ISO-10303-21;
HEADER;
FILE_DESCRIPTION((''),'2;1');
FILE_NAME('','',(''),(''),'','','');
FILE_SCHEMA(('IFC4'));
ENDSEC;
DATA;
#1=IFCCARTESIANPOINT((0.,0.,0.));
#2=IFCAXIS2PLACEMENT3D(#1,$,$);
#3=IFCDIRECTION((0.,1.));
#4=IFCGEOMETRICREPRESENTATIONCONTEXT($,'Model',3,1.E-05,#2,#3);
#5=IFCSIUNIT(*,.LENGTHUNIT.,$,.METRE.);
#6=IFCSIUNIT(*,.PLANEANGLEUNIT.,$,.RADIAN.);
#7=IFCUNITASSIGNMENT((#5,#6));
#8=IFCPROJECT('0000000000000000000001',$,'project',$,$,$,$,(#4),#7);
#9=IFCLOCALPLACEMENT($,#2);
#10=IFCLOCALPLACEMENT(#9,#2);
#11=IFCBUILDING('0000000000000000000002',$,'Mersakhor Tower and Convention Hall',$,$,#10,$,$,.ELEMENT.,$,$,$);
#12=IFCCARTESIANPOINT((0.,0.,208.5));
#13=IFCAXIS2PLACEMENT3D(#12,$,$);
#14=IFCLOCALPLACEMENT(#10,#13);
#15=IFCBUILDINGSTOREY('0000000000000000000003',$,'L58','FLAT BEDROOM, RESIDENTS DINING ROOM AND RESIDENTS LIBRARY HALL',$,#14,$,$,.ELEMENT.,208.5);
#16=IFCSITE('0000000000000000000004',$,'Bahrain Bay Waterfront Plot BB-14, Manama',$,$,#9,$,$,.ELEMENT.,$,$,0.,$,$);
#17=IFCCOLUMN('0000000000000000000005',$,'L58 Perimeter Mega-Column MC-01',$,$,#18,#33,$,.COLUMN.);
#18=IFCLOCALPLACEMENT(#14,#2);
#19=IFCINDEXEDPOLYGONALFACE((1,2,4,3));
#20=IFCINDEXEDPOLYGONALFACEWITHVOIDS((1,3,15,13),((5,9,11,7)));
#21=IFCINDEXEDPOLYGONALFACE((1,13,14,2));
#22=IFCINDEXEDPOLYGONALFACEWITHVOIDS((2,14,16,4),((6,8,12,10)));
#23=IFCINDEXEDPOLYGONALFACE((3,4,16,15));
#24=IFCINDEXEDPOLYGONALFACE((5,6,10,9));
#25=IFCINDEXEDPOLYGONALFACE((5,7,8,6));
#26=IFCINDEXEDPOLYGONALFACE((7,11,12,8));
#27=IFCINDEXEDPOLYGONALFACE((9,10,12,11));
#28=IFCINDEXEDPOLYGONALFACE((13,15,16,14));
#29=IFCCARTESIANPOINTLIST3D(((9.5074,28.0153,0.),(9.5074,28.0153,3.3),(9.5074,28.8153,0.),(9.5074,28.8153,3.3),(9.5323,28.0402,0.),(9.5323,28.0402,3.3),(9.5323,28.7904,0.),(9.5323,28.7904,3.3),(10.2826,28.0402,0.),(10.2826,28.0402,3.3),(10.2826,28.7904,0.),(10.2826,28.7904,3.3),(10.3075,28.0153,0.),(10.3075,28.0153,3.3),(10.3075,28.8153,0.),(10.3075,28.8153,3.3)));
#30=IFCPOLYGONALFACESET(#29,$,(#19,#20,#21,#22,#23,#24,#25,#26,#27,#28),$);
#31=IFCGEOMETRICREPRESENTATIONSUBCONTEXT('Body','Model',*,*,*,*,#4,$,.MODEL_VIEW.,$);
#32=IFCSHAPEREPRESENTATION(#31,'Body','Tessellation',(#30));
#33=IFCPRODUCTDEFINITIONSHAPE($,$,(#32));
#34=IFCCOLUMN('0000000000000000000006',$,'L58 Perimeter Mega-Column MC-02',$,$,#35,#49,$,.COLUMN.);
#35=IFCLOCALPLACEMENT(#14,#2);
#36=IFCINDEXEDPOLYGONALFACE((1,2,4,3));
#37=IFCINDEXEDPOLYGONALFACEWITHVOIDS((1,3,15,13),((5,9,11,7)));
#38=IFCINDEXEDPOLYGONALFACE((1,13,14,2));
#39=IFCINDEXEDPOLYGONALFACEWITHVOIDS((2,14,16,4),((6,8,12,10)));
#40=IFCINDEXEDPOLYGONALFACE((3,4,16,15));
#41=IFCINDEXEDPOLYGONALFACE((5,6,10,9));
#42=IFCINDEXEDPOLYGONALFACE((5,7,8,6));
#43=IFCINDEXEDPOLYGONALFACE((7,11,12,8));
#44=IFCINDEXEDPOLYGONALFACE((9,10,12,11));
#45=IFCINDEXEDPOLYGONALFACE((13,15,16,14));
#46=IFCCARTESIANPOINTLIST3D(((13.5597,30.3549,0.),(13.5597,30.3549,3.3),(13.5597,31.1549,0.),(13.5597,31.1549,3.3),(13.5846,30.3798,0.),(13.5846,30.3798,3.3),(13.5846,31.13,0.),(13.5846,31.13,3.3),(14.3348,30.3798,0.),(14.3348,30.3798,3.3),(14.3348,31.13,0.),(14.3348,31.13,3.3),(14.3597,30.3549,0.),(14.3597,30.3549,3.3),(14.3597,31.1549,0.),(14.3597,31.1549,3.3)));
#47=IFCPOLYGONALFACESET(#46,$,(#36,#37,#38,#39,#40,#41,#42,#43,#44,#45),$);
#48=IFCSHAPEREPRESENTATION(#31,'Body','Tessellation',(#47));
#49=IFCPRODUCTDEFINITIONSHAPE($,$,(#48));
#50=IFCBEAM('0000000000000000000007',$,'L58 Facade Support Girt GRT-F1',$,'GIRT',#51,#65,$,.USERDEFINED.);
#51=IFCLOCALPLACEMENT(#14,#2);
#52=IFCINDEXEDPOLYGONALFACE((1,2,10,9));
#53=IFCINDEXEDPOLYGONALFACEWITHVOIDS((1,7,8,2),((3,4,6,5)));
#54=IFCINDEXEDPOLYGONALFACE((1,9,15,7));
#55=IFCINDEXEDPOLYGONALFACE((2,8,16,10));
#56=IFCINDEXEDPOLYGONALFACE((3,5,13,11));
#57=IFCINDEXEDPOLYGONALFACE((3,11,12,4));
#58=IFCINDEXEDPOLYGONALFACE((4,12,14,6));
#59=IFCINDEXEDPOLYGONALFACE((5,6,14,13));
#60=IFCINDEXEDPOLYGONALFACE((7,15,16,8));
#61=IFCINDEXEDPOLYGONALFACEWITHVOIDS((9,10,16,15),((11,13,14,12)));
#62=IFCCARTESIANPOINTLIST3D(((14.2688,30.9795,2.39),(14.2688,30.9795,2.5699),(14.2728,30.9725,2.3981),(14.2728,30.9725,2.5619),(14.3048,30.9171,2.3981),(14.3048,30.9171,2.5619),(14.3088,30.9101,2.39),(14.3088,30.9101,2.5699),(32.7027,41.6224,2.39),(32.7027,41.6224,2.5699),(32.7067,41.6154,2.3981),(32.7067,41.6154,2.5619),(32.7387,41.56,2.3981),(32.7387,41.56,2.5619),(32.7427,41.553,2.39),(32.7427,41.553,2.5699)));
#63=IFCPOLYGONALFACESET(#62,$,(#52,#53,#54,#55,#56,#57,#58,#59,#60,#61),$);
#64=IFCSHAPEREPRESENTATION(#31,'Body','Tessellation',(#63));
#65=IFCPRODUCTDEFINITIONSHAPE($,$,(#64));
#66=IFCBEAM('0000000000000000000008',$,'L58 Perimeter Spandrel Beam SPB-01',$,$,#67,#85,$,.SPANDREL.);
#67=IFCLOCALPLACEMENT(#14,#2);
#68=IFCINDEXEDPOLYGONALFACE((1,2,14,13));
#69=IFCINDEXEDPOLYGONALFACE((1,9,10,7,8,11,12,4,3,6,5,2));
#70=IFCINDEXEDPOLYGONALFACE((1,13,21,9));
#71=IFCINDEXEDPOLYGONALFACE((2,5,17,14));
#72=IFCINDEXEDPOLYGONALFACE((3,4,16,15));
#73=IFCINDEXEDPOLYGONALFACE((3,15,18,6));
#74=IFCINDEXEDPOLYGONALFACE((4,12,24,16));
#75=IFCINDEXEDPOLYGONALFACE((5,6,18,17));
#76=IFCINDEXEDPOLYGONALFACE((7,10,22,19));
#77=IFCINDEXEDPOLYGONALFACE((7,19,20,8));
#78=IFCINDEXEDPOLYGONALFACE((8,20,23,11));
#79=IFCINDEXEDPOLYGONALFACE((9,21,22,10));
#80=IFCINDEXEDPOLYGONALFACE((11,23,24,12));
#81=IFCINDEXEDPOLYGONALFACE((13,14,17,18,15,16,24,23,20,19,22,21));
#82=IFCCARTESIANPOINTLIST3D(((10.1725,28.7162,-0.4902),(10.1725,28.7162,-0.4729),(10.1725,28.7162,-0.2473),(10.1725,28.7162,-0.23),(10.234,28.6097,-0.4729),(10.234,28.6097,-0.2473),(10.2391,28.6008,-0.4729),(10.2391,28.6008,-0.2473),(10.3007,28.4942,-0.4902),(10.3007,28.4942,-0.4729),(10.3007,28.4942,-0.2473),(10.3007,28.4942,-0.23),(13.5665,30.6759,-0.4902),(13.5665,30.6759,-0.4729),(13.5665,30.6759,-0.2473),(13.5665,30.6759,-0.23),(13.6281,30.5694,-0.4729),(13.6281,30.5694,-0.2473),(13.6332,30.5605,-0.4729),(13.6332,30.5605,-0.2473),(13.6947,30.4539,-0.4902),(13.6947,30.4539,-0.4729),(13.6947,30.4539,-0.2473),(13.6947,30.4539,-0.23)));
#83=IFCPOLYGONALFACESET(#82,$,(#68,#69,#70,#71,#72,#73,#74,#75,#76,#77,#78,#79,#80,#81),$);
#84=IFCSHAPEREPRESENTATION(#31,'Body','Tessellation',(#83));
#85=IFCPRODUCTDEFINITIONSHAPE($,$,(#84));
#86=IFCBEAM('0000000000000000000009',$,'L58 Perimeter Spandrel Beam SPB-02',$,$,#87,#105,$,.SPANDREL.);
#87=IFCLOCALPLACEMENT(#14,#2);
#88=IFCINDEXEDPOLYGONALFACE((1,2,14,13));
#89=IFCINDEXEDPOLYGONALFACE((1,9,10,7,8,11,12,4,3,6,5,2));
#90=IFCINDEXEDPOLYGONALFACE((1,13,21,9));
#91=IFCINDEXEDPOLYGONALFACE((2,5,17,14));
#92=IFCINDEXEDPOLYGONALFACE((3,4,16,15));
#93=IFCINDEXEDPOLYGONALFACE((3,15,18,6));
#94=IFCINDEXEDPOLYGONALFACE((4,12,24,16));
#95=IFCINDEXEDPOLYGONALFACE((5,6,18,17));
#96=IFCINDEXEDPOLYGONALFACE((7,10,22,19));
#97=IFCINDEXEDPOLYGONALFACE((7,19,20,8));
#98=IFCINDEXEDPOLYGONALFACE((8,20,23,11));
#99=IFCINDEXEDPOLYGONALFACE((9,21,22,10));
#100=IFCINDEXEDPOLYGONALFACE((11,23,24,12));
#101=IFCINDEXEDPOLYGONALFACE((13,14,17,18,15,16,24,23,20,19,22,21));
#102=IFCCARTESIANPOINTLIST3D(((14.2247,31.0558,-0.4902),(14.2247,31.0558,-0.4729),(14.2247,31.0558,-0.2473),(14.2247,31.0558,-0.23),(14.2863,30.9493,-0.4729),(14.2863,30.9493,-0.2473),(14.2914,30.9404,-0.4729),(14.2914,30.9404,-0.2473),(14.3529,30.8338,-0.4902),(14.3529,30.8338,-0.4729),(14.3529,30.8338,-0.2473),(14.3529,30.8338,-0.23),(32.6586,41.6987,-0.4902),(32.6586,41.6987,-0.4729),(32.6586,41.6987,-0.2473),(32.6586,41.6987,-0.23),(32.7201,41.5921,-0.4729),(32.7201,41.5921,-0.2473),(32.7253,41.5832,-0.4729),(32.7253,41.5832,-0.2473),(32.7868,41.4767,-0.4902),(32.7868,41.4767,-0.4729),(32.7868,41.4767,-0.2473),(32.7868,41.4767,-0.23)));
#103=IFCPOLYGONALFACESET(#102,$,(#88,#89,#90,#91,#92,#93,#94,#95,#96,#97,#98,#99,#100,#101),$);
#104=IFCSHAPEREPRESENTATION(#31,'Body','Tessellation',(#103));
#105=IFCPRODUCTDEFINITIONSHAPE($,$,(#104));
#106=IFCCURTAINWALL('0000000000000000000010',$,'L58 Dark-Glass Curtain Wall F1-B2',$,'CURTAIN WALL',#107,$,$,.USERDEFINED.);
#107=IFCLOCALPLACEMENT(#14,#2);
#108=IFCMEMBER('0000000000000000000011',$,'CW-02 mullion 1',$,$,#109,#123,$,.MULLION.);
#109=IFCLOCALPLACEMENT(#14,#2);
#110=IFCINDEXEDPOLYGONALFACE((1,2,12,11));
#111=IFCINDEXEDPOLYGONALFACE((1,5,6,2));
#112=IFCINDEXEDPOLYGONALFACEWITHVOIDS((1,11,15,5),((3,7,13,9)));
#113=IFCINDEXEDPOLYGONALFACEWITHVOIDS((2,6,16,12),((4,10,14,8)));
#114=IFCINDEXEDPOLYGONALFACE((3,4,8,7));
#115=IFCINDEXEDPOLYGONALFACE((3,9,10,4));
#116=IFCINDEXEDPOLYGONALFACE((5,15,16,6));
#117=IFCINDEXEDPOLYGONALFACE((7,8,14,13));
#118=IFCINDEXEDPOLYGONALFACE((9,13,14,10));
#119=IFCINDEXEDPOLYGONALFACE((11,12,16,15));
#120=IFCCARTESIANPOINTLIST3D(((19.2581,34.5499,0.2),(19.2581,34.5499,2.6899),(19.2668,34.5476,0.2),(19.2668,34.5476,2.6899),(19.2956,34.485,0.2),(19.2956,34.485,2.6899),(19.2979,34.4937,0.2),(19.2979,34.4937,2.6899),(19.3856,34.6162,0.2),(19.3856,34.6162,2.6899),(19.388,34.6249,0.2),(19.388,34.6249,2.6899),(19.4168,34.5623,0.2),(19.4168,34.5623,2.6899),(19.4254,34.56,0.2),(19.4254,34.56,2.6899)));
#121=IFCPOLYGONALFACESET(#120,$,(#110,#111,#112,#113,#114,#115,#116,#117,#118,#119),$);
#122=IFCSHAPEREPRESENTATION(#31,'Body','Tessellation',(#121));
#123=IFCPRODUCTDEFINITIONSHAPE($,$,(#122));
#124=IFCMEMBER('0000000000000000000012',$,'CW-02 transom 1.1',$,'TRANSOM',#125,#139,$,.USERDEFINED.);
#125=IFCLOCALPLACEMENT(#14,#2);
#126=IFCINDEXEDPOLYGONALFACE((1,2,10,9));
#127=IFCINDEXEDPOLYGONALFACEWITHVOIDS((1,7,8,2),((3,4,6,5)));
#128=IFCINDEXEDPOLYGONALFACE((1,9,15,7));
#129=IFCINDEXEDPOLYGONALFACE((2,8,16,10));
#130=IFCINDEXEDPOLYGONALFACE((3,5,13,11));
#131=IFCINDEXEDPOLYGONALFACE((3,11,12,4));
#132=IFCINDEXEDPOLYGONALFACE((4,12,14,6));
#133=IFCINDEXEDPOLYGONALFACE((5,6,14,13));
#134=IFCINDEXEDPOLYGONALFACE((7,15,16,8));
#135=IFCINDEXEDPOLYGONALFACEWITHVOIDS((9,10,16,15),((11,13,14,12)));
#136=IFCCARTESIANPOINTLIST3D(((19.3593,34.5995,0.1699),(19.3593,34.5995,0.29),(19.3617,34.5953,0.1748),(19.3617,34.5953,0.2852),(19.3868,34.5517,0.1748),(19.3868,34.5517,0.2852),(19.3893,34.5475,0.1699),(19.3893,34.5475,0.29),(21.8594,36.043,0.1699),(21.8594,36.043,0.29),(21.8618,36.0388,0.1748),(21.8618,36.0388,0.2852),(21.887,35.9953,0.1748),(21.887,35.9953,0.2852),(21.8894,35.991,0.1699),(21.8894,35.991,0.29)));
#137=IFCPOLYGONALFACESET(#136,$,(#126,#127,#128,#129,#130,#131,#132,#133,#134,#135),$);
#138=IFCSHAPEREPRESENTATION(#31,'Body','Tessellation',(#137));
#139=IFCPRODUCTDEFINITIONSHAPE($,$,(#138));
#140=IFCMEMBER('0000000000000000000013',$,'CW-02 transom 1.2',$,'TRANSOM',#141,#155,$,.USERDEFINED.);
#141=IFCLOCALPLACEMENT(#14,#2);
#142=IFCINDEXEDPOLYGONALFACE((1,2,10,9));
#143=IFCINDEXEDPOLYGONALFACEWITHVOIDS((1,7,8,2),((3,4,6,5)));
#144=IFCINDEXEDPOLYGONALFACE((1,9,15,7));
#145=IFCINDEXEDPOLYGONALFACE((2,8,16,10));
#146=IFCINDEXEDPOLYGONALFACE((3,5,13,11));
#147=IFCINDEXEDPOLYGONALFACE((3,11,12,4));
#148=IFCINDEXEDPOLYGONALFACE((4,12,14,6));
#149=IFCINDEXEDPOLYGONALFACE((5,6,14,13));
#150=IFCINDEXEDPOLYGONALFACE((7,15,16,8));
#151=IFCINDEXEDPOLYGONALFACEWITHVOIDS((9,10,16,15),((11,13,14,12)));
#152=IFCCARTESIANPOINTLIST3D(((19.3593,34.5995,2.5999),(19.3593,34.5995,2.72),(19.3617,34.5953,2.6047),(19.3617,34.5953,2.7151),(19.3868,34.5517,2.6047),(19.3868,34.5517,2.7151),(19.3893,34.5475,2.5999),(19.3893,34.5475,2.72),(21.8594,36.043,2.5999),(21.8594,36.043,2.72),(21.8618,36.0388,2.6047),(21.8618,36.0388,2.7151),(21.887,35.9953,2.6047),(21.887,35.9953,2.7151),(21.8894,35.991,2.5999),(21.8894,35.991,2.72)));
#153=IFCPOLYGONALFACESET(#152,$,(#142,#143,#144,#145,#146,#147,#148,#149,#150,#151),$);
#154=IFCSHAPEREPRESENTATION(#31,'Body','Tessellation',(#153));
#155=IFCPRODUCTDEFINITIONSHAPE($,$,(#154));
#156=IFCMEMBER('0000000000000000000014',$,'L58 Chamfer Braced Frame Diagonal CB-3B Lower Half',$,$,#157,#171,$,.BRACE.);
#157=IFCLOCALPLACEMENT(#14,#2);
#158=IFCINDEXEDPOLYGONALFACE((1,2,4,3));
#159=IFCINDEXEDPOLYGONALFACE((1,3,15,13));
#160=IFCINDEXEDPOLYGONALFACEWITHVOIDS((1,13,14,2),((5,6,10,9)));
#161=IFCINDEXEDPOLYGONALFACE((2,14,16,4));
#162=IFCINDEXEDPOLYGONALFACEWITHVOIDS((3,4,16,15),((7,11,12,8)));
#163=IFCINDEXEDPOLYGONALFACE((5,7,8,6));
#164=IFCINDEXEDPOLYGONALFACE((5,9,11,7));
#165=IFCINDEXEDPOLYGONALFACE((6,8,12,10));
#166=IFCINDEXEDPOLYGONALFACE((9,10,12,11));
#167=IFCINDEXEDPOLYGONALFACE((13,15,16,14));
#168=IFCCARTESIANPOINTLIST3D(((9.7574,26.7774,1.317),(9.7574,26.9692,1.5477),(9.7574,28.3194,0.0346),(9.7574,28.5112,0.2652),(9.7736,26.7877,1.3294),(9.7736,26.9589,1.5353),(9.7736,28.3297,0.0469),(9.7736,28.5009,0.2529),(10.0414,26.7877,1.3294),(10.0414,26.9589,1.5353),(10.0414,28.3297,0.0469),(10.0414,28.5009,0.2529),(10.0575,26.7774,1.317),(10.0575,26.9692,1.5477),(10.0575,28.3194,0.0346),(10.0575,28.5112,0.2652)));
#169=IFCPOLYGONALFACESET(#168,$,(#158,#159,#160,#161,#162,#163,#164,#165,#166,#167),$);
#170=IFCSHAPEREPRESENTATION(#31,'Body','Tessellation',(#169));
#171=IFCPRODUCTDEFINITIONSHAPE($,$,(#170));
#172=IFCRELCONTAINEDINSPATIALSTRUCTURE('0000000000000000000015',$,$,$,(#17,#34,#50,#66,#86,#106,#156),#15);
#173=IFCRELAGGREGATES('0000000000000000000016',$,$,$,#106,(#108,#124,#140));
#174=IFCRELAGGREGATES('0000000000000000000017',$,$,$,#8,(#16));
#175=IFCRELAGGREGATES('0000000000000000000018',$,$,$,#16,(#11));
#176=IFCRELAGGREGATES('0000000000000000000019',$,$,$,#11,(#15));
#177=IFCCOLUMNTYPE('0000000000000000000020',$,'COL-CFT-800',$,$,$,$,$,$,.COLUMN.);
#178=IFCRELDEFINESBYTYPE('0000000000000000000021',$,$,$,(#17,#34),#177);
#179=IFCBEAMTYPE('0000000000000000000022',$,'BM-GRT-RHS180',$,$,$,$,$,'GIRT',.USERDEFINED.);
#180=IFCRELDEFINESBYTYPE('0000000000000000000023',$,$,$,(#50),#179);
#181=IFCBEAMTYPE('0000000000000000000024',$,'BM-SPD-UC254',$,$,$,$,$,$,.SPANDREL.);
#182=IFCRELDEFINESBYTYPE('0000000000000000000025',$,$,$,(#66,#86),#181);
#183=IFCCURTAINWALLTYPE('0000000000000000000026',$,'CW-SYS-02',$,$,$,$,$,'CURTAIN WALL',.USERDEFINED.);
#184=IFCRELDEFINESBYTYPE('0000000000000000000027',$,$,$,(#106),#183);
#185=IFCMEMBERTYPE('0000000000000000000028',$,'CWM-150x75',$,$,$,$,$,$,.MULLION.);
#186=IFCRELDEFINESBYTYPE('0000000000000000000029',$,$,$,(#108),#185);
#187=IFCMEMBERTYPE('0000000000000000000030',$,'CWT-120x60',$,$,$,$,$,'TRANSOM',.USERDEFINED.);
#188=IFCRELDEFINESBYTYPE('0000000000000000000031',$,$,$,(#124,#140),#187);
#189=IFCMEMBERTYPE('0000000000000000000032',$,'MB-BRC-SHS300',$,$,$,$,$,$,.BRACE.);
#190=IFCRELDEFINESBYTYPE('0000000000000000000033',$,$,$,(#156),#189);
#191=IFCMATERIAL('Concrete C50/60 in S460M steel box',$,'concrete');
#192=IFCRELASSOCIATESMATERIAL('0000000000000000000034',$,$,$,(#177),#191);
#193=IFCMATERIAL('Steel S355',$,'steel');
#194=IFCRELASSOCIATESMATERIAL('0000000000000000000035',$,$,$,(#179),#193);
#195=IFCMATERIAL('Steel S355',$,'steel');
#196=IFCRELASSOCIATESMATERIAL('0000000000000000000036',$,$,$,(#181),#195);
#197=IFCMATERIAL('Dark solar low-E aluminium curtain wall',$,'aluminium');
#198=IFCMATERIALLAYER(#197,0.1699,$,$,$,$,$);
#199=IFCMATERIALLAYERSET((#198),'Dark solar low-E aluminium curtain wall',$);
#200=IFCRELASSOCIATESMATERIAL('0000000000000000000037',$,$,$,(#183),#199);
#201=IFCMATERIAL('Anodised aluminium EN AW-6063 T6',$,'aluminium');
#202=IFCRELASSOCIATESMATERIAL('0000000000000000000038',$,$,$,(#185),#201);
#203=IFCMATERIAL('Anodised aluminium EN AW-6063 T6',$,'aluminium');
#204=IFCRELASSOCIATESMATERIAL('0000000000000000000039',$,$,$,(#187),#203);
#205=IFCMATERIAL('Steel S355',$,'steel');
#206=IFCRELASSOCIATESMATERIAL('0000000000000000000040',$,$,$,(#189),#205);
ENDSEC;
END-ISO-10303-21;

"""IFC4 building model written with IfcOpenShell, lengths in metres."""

from ifc_helpers import new_model, si_unit, direction, frame, origin, origin_2d, place, context, subcontext, project, spatial, hollow_rectangle, i_section, extrude, material, layer, layer_set, material_profile, profile_set, type_object, element, aggregate, save


model = new_model("IFC4")

# Units and contexts
model_context = context("Model", 3, precision=1e-05, world=origin(), true_north=direction((0.0, 1.0)))
body_context = subcontext(model_context, "Body", "Model", "MODEL_VIEW")
ifc_project = project(units=[si_unit("LENGTHUNIT", "METRE"), si_unit("PLANEANGLEUNIT", "RADIAN")], contexts=[model_context])

# Site, building, storey
site_placement = place(None, origin())
site = spatial("IfcSite", under=ifc_project, at=site_placement, Name="Bahrain Bay Waterfront Plot BB-14, Manama", CompositionType="ELEMENT", RefElevation=0.0)
building_placement = place(site_placement, origin())
building = spatial("IfcBuilding", under=site, at=building_placement, Name="Mersakhor Tower and Convention Hall", CompositionType="ELEMENT")
storey_placement = place(building_placement, frame((0.0, 0.0, 208.5)))
storey = spatial("IfcBuildingStorey", under=building, at=storey_placement, Name="L58", Description="FLAT BEDROOM, RESIDENTS DINING ROOM AND RESIDENTS LIBRARY HALL", CompositionType="ELEMENT", Elevation=208.5)

# Columns
ifc_material_1 = material(Name="Concrete C50/60 in S460M steel box", Category="concrete")
ifc_material_profile_1 = material_profile(ifc_material_1, hollow_rectangle(XDim=0.8, YDim=0.8, WallThickness=0.0249, at=origin_2d()), Name="SHS 800x800x25")
ifc_profile_set_1 = profile_set([ifc_material_profile_1], Name="Concrete C50/60 in S460M steel box")
column_type = type_object("IfcColumnType", Name="COL-CFT-800", PredefinedType="COLUMN", material=ifc_profile_set_1)
for number, where, z_axis, x_axis, name in (
    (1, (9.9075, 28.4153, 0.0), (0.0, 0.0, 1.0), (1.0, 0.0, 0.0), "L58 Perimeter Mega-Column MC-01"),
    (2, (13.9597, 30.7549, 0.0), (0.0, 0.0, 1.0), (1.0, 0.0, 0.0), "L58 Perimeter Mega-Column MC-02"),
):
    element("IfcColumn", number, at=place(storey_placement, frame(where, z_axis=z_axis, x_axis=x_axis)), inside=storey, type_object=column_type, Name=name, PredefinedType="COLUMN", context=body_context, shape_type="SweptSolid", body=[
        extrude(hollow_rectangle(XDim=0.8, YDim=0.8, WallThickness=0.0249, at=origin_2d()), origin(), (0.0, 0.0, 1.0), 3.3),
    ])

# Beams
ifc_material_2 = material(Name="Steel S355", Category="steel")
ifc_material_profile_2 = material_profile(ifc_material_2, hollow_rectangle(XDim=0.0801, YDim=0.1799, WallThickness=0.0081, at=origin_2d()), Name="RHS 180x80x8")
ifc_profile_set_2 = profile_set([ifc_material_profile_2], Name="Steel S355")
beam_type_1 = type_object("IfcBeamType", Name="BM-GRT-RHS180", ElementType="GIRT", PredefinedType="USERDEFINED", material=ifc_profile_set_2)
beam_1_placement = place(storey_placement, frame((14.2888, 30.9448, 2.48), z_axis=(0.866025, 0.500001, 0.0), x_axis=(-0.500001, 0.866025, 0.0)))
element("IfcBeam", 3, at=beam_1_placement, inside=storey, type_object=beam_type_1, Name="L58 Facade Support Girt GRT-F1", ObjectType="GIRT", PredefinedType="USERDEFINED", context=body_context, shape_type="SweptSolid", body=[
    extrude(hollow_rectangle(XDim=0.0801, YDim=0.1799, WallThickness=0.0081, at=origin_2d()), origin(), (0.0, 0.0, 1.0), 21.2856),
])
ifc_material_3 = material(Name="Steel S355", Category="steel")
ifc_material_profile_3 = material_profile(ifc_material_3, i_section(OverallWidth=0.2563, OverallDepth=0.2603, WebThickness=0.0103, FlangeThickness=0.0173, at=origin_2d()), Name="UC 254x254x89")
ifc_profile_set_3 = profile_set([ifc_material_profile_3], Name="Steel S355")
beam_type_2 = type_object("IfcBeamType", Name="BM-SPD-UC254", PredefinedType="SPANDREL", material=ifc_profile_set_3)
beam_2_placement = place(storey_placement, frame((10.2366, 28.6052, -0.3601), z_axis=(0.866007, 0.500032, 0.0), x_axis=(-0.500032, 0.866007, 0.0)))
element("IfcBeam", 4, at=beam_2_placement, inside=storey, type_object=beam_type_2, Name="L58 Perimeter Spandrel Beam SPB-01", PredefinedType="SPANDREL", context=body_context, shape_type="SweptSolid", body=[
    extrude(i_section(OverallWidth=0.2563, OverallDepth=0.2603, WebThickness=0.0103, FlangeThickness=0.0173, at=origin_2d()), origin(), (0.0, 0.0, 1.0), 3.9192),
])
beam_3_placement = place(storey_placement, frame((14.2888, 30.9448, -0.3601), z_axis=(0.866025, 0.500001, 0.0), x_axis=(-0.500001, 0.866025, 0.0)))
element("IfcBeam", 5, at=beam_3_placement, inside=storey, type_object=beam_type_2, Name="L58 Perimeter Spandrel Beam SPB-02", PredefinedType="SPANDREL", context=body_context, shape_type="SweptSolid", body=[
    extrude(i_section(OverallWidth=0.2563, OverallDepth=0.2603, WebThickness=0.0103, FlangeThickness=0.0173, at=origin_2d()), origin(), (0.0, 0.0, 1.0), 21.2856),
])

# Curtain wall, members
ifc_material_4 = material(Name="Dark solar low-E aluminium curtain wall", Category="aluminium")
ifc_layer_1 = layer(ifc_material_4, 0.1699)
ifc_layer_set_1 = layer_set([ifc_layer_1], Name="Dark solar low-E aluminium curtain wall")
curtain_wall_type = type_object("IfcCurtainWallType", Name="CW-SYS-02", ElementType="CURTAIN WALL", PredefinedType="USERDEFINED", material=ifc_layer_set_1)
curtain_wall_placement = place(storey_placement, origin())
curtain_wall = element("IfcCurtainWall", 6, at=curtain_wall_placement, inside=storey, type_object=curtain_wall_type, Name="L58 Dark-Glass Curtain Wall F1-B2", ObjectType="CURTAIN WALL", PredefinedType="USERDEFINED")
ifc_material_5 = material(Name="Anodised aluminium EN AW-6063 T6", Category="aluminium")
ifc_material_profile_4 = material_profile(ifc_material_5, hollow_rectangle(XDim=0.075, YDim=0.1499, WallThickness=0.0063, at=origin_2d()), Name="RHS 150x75x6.3")
ifc_profile_set_4 = profile_set([ifc_material_profile_4], Name="Anodised aluminium EN AW-6063 T6")
member_type_1 = type_object("IfcMemberType", Name="CWM-150x75", PredefinedType="MULLION", material=ifc_profile_set_4)
member_1_placement = place(storey_placement, frame((19.3418, 34.5549, 0.2), z_axis=(0.0, 0.0, 1.0), x_axis=(-0.500008, 0.866021, 0.0)))
member_1 = element("IfcMember", 7, at=member_1_placement, type_object=member_type_1, Name="CW-02 mullion 1", PredefinedType="MULLION", context=body_context, shape_type="SweptSolid", body=[
    extrude(hollow_rectangle(XDim=0.075, YDim=0.1499, WallThickness=0.0063, at=origin_2d()), origin(), (0.0, 0.0, 1.0), 2.49),
])
ifc_material_6 = material(Name="Anodised aluminium EN AW-6063 T6", Category="aluminium")
ifc_material_profile_5 = material_profile(ifc_material_6, hollow_rectangle(XDim=0.0601, YDim=0.1201, WallThickness=0.0049, at=origin_2d()), Name="RHS 120x60x5")
ifc_profile_set_5 = profile_set([ifc_material_profile_5], Name="Anodised aluminium EN AW-6063 T6")
member_type_2 = type_object("IfcMemberType", Name="CWT-120x60", ElementType="TRANSOM", PredefinedType="USERDEFINED", material=ifc_profile_set_5)
member_2_placement = place(storey_placement, frame((19.3743, 34.5735, 0.23), z_axis=(0.866012, 0.500023, 0.0), x_axis=(-0.500023, 0.866012, 0.0)))
member_2 = element("IfcMember", 8, at=member_2_placement, type_object=member_type_2, Name="CW-02 transom 1.1", ObjectType="TRANSOM", PredefinedType="USERDEFINED", context=body_context, shape_type="SweptSolid", body=[
    extrude(hollow_rectangle(XDim=0.0601, YDim=0.1201, WallThickness=0.0049, at=origin_2d()), origin(), (0.0, 0.0, 1.0), 2.887),
])
member_3_placement = place(storey_placement, frame((19.3743, 34.5735, 2.6599), z_axis=(0.866012, 0.500023, 0.0), x_axis=(-0.500023, 0.866012, 0.0)))
member_3 = element("IfcMember", 9, at=member_3_placement, type_object=member_type_2, Name="CW-02 transom 1.2", ObjectType="TRANSOM", PredefinedType="USERDEFINED", context=body_context, shape_type="SweptSolid", body=[
    extrude(hollow_rectangle(XDim=0.0601, YDim=0.1201, WallThickness=0.0049, at=origin_2d()), origin(), (0.0, 0.0, 1.0), 2.887),
])
aggregate(curtain_wall, [member_1, member_2, member_3])

# Member
ifc_material_7 = material(Name="Steel S355", Category="steel")
ifc_material_profile_6 = material_profile(ifc_material_7, hollow_rectangle(XDim=0.3, YDim=0.3, WallThickness=0.0161, at=origin_2d()), Name="SHS 300x300x16")
ifc_profile_set_6 = profile_set([ifc_material_profile_6], Name="Steel S355")
member_type_3 = type_object("IfcMemberType", Name="MB-BRC-SHS300", PredefinedType="BRACE", material=ifc_profile_set_6)
member_4_placement = place(storey_placement, frame((9.9075, 28.4153, 0.1499), z_axis=(0.0, -0.76884, 0.639442), x_axis=(1.0, 0.0, 0.0)))
element("IfcMember", 10, at=member_4_placement, inside=storey, type_object=member_type_3, Name="L58 Chamfer Braced Frame Diagonal CB-3B Lower Half", PredefinedType="BRACE", context=body_context, shape_type="SweptSolid", body=[
    extrude(hollow_rectangle(XDim=0.3, YDim=0.3, WallThickness=0.0161, at=origin_2d()), origin(), (0.0, 0.0, 1.0), 2.0056),
])

save(model, "model.ifc")
